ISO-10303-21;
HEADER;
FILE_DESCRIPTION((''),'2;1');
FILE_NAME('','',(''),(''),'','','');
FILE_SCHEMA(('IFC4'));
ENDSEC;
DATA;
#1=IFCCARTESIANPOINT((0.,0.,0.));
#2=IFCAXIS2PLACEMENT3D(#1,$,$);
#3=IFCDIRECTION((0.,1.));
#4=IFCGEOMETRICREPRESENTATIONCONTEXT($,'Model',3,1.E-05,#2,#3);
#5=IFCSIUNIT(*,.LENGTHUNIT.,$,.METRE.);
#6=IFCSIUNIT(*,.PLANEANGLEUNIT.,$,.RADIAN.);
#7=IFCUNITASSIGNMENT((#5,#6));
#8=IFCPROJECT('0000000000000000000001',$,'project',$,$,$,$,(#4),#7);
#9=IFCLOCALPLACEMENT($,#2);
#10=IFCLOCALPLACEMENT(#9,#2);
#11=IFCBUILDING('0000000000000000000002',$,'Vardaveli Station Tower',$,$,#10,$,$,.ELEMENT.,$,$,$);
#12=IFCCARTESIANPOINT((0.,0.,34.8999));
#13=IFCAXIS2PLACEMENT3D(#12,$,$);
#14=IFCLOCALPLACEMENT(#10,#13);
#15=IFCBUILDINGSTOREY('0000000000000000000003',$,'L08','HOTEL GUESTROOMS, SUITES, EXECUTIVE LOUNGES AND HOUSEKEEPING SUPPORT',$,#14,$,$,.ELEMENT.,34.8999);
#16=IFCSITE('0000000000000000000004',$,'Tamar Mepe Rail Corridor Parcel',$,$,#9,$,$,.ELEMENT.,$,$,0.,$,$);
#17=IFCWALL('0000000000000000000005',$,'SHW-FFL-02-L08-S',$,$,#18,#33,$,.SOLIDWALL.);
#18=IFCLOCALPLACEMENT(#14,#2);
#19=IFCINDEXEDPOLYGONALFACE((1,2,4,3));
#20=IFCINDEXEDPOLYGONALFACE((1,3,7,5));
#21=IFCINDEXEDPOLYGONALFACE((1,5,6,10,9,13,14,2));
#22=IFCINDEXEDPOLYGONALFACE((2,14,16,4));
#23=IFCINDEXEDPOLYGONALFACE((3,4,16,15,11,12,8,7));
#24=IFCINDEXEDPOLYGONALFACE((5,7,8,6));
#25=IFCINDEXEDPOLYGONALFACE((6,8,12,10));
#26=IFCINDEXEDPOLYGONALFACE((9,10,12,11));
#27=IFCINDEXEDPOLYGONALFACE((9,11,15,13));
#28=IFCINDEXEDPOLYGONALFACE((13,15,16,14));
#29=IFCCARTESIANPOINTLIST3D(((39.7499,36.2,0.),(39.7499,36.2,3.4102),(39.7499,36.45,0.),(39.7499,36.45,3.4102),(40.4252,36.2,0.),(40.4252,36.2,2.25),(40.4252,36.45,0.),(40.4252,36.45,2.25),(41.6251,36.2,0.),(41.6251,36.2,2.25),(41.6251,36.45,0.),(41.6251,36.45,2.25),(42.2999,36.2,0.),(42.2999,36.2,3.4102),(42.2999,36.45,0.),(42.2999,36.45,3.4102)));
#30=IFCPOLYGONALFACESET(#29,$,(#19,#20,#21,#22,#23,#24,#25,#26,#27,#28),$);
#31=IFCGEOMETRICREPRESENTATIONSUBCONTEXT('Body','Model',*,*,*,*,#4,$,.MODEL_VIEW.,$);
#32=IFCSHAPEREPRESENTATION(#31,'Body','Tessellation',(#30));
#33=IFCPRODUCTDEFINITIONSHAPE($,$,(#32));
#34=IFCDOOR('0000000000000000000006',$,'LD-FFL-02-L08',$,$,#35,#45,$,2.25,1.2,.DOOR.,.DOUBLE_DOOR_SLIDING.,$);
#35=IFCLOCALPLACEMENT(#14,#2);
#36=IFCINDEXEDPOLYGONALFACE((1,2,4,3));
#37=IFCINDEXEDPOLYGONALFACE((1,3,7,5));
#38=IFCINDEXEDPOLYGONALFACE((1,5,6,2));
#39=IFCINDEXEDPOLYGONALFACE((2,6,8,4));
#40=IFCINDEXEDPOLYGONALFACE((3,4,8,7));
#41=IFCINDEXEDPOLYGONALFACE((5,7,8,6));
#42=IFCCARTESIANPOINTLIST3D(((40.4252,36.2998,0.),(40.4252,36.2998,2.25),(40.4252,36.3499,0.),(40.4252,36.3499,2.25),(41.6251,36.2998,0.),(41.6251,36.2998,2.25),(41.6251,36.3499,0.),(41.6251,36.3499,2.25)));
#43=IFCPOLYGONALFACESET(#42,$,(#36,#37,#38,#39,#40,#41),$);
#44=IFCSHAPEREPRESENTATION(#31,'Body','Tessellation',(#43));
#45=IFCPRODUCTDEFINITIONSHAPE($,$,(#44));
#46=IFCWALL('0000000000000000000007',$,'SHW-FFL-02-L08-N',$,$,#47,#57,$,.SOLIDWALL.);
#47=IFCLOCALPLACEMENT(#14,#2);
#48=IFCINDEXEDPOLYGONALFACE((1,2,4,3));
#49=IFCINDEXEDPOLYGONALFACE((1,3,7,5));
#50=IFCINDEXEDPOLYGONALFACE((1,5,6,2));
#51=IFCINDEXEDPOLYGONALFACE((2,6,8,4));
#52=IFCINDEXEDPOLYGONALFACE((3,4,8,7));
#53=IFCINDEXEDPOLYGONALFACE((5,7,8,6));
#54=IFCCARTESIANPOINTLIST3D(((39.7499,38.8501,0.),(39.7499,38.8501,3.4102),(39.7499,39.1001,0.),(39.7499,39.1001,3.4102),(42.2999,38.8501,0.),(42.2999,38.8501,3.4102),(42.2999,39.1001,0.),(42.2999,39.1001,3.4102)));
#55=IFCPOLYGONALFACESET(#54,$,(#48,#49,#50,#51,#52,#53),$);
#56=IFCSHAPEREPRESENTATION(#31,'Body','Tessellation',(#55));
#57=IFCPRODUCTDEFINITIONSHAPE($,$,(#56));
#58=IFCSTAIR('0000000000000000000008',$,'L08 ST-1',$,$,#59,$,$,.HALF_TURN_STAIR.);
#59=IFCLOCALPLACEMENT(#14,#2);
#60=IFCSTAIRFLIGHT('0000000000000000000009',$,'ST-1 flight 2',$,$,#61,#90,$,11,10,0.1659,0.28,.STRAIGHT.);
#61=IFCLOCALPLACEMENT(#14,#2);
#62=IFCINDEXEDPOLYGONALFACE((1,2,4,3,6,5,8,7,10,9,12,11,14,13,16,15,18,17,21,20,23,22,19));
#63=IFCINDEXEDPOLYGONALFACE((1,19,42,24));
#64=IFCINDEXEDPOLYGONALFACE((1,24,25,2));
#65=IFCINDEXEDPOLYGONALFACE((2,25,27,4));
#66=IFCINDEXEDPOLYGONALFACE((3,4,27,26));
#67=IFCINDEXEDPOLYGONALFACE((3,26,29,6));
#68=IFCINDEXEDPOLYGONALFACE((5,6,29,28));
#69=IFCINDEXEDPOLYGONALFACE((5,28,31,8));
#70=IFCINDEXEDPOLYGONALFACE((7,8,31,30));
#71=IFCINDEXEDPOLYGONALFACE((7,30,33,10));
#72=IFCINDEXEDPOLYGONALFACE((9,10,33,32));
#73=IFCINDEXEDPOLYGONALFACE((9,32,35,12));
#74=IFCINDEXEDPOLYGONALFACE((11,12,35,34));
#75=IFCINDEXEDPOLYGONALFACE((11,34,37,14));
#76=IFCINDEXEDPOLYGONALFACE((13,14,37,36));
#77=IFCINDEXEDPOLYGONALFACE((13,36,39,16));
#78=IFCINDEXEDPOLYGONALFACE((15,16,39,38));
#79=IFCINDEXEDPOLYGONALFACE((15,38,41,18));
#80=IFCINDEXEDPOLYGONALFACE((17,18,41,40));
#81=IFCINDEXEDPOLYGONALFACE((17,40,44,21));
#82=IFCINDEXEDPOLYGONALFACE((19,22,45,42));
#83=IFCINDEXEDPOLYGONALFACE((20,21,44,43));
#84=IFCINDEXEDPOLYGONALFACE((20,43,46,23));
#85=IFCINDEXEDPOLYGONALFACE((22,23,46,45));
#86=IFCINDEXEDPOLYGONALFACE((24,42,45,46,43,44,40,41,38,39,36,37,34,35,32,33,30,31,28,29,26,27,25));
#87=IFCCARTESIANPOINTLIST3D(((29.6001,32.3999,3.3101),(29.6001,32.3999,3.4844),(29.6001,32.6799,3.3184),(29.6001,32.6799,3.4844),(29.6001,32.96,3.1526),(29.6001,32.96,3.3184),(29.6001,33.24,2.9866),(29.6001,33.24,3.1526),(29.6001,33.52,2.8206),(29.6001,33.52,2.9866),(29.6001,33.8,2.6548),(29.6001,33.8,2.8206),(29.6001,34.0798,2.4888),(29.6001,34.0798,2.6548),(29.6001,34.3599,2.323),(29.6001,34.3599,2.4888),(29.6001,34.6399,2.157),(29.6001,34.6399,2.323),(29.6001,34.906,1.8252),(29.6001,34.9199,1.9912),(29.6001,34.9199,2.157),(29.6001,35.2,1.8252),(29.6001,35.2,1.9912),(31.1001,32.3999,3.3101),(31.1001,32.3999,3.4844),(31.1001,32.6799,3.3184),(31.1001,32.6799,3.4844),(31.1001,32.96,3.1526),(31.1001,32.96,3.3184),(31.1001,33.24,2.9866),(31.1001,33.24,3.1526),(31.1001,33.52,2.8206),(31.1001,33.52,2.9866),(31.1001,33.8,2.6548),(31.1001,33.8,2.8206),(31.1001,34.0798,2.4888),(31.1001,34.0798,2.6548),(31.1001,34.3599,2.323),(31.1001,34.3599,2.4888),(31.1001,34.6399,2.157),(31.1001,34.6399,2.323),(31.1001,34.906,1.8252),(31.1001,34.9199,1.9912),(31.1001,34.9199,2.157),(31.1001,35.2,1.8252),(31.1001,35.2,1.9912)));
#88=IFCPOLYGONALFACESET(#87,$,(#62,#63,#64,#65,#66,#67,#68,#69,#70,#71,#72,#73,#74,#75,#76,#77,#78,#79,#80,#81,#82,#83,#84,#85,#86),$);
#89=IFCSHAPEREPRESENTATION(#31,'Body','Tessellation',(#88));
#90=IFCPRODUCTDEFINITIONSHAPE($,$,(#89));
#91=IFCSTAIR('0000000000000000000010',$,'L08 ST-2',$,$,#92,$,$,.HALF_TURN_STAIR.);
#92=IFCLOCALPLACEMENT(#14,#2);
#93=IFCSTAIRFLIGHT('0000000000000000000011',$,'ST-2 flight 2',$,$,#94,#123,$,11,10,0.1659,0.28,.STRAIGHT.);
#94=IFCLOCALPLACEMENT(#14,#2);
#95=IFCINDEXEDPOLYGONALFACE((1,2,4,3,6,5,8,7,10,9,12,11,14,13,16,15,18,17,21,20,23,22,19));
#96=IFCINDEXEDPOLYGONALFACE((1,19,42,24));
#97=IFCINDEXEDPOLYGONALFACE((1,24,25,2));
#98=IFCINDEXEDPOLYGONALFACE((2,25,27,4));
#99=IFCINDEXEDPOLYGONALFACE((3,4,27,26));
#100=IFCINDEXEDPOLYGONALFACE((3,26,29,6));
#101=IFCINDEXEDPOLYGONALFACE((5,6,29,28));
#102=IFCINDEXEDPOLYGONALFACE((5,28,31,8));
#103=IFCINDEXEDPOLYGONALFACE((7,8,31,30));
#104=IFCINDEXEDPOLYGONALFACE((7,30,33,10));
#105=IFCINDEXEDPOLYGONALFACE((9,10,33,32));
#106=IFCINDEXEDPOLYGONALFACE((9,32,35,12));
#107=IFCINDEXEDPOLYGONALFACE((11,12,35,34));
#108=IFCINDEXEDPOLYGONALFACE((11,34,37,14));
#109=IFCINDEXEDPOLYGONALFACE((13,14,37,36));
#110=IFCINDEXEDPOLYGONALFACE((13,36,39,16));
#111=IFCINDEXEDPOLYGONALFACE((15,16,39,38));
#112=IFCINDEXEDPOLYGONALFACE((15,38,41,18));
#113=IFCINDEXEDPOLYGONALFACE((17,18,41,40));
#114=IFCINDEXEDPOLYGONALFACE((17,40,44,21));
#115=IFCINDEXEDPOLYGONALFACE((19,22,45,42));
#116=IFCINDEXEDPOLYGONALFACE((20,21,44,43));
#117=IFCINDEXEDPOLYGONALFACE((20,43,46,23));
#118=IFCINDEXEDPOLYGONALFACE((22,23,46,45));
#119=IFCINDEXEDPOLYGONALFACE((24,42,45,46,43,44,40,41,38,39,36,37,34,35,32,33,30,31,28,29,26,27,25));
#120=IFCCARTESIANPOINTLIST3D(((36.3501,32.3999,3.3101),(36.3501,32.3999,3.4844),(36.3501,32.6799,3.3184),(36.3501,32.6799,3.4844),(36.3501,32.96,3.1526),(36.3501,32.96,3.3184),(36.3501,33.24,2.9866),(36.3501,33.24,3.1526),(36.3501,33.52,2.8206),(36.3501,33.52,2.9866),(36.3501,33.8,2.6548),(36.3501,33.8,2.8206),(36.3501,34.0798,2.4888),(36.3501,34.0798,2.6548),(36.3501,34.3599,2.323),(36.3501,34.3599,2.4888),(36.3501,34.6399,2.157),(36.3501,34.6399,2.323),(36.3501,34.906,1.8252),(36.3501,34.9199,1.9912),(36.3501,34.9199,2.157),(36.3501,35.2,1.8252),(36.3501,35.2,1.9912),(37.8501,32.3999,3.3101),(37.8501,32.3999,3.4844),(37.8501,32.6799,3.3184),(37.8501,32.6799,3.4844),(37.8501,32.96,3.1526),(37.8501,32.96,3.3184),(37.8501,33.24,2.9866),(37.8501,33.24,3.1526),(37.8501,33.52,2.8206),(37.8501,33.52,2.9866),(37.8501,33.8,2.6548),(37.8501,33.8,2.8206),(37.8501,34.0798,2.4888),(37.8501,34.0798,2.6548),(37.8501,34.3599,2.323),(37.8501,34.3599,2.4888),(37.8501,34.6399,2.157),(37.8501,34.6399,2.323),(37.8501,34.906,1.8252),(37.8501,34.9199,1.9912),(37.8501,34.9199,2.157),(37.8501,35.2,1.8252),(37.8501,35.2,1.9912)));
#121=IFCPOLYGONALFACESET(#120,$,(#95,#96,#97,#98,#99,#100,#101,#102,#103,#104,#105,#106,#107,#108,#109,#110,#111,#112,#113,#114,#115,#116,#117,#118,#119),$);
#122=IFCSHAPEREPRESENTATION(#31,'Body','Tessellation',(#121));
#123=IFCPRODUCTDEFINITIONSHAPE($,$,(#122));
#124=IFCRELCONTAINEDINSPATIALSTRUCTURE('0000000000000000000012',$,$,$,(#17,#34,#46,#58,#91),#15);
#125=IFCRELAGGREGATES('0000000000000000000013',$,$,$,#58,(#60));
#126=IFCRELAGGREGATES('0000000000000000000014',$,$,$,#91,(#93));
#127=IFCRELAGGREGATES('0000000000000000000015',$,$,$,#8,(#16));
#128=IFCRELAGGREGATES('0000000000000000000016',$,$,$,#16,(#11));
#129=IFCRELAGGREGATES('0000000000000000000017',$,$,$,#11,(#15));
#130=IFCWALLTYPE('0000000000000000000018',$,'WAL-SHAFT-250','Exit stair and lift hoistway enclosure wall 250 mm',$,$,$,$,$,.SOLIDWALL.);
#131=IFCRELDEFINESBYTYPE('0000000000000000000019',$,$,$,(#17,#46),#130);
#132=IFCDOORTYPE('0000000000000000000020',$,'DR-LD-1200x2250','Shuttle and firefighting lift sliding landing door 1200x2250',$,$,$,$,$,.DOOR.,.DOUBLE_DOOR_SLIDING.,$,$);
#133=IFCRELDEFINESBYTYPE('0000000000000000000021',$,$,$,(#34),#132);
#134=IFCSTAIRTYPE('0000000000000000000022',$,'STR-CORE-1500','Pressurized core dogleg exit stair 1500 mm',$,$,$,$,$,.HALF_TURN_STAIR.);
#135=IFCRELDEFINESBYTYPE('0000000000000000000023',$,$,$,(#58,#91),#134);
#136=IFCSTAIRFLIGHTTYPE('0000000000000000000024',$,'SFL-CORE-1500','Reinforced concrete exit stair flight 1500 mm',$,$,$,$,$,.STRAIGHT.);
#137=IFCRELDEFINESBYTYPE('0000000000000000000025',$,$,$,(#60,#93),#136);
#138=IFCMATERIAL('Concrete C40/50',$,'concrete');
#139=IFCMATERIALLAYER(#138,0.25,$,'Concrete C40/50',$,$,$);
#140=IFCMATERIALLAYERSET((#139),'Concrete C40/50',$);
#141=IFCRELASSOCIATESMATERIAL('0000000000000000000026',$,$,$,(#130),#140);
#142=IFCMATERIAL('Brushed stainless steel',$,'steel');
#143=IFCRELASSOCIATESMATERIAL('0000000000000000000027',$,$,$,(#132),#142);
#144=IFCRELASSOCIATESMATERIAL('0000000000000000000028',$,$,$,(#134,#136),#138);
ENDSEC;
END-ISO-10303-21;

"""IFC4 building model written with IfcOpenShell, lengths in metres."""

from ifc_helpers import new_model, si_unit, direction, frame, frame_2d, origin, place, context, subcontext, project, spatial, polyline, rectangle, outline, extrude, source, transform, mapped, material, layer, layer_set, type_object, element, fill, aggregate, save


model = new_model("IFC4")

# Units and contexts
model_context = context("Model", 3, precision=1e-05, world=origin(), true_north=direction((0.0, 1.0)))
body_context = subcontext(model_context, "Body", "Model", "MODEL_VIEW")
ifc_project = project(units=[si_unit("LENGTHUNIT", "METRE"), si_unit("PLANEANGLEUNIT", "RADIAN")], contexts=[model_context])

# Site, building, storey
site_placement = place(None, origin())
site = spatial("IfcSite", under=ifc_project, at=site_placement, Name="Tamar Mepe Rail Corridor Parcel", CompositionType="ELEMENT", RefElevation=0.0)
building_placement = place(site_placement, origin())
building = spatial("IfcBuilding", under=site, at=building_placement, Name="Vardaveli Station Tower", CompositionType="ELEMENT")
storey_placement = place(building_placement, frame((0.0, 0.0, 34.8999)))
storey = spatial("IfcBuildingStorey", under=building, at=storey_placement, Name="L08", Description="HOTEL GUESTROOMS, SUITES, EXECUTIVE LOUNGES AND HOUSEKEEPING SUPPORT", CompositionType="ELEMENT", Elevation=34.8999)

# Shared definitions
ifc_material_1 = material(Name="Concrete C40/50", Category="concrete")
ifc_layer_1 = layer(ifc_material_1, 0.25, Name="Concrete C40/50")
ifc_layer_set_1 = layer_set([ifc_layer_1], Name="Concrete C40/50")
wall_type_1 = type_object("IfcWallType", Name="WAL-SHAFT-250", Description="Exit stair and lift hoistway enclosure wall 250 mm", PredefinedType="SOLIDWALL", material=ifc_layer_set_1)

# Shared definitions
shared_shape_1 = source(origin(), body_context, "Body", "SweptSolid", [
    extrude(rectangle(XDim=1.2, YDim=2.25, at=frame_2d((0.6001, 1.125))), frame((0.0, 0.135, 0.0), z_axis=(0.0, -1.0, 0.0), x_axis=(1.0, 0.0, 0.0)), (0.0, 0.0, 1.0), 0.27),
])
ifc_material_2 = material(Name="Brushed stainless steel", Category="steel")
door_type = type_object("IfcDoorType", Name="DR-LD-1200x2250", Description="Shuttle and firefighting lift sliding landing door 1200x2250", OperationType="DOUBLE_DOOR_SLIDING", PredefinedType="DOOR", material=ifc_material_2)
shared_shape_2 = source(origin(), body_context, "Body", "SweptSolid", [
    extrude(rectangle(XDim=1.2, YDim=2.25, at=frame_2d((0.6001, 1.125))), frame((0.0, 0.0249, 0.0), z_axis=(0.0, -1.0, 0.0), x_axis=(1.0, 0.0, 0.0)), (0.0, 0.0, 1.0), 0.05),
])

# Wall, opening, door
shared_shape_3 = source(origin(), body_context, "Body", "SweptSolid", [
    extrude(rectangle(XDim=2.55, YDim=0.25, at=frame_2d((1.2749, 0.0))), origin(), (0.0, 0.0, 1.0), 3.4102),
])
wall_1_placement = place(storey_placement, frame((39.75, 36.325, 0.0), z_axis=(0.0, 0.0, 1.0), x_axis=(1.0, 0.0, 0.0)))
wall_1 = element("IfcWall", 1, at=wall_1_placement, inside=storey, type_object=wall_type_1, Name="SHW-FFL-02-L08-S", PredefinedType="SOLIDWALL", context=body_context, shape_type="MappedRepresentation", body=[
    mapped(shared_shape_3, transform((0.0, 0.0, 0.0), scale=1.0)),
])
opening_1_placement = place(wall_1_placement, frame((0.675, 0.0, 0.0)))
opening_1 = element("IfcOpeningElement", 2, at=opening_1_placement, cuts=wall_1, PredefinedType="OPENING", context=body_context, shape_type="MappedRepresentation", body=[
    mapped(shared_shape_1, transform((0.0, 0.0, 0.0), scale=1.0)),
])
door_1_placement = place(opening_1_placement, origin())
door_1 = element("IfcDoor", 3, at=door_1_placement, inside=storey, type_object=door_type, Name="LD-FFL-02-L08", OperationType="DOUBLE_DOOR_SLIDING", OverallHeight=2.25, OverallWidth=1.2, PredefinedType="DOOR", context=body_context, shape_type="MappedRepresentation", body=[
    mapped(shared_shape_2, transform((0.0, 0.0, 0.0), scale=1.0)),
])
fill(opening_1, door_1)

# Wall
wall_2_placement = place(storey_placement, frame((39.75, 38.9751, 0.0), z_axis=(0.0, 0.0, 1.0), x_axis=(1.0, 0.0, 0.0)))
element("IfcWall", 4, at=wall_2_placement, inside=storey, type_object=wall_type_1, Name="SHW-FFL-02-L08-N", PredefinedType="SOLIDWALL", context=body_context, shape_type="MappedRepresentation", body=[
    mapped(shared_shape_3, transform((0.0, 0.0, 0.0), scale=1.0)),
])

# Stairs, stair flights
stair_type = type_object("IfcStairType", Name="STR-CORE-1500", Description="Pressurized core dogleg exit stair 1500 mm", PredefinedType="HALF_TURN_STAIR", material=ifc_material_1)
stair_1_placement = place(storey_placement, origin())
stair_1 = element("IfcStair", 5, at=stair_1_placement, inside=storey, type_object=stair_type, Name="L08 ST-1", PredefinedType="HALF_TURN_STAIR")
stair_flight_type = type_object("IfcStairFlightType", Name="SFL-CORE-1500", Description="Reinforced concrete exit stair flight 1500 mm", PredefinedType="STRAIGHT", material=ifc_material_1)
shared_shape_4 = source(origin(), body_context, "Body", "SweptSolid", [
    extrude(outline(polyline([(0.0, 0.0), (0.0, 0.166), (0.28, 0.166), (0.28, 0.3318), (0.5601, 0.3318), (0.5601, 0.4978), (0.8401, 0.4978), (0.8401, 0.6636), (1.1201, 0.6636), (1.1201, 0.8296), (1.3999, 0.8296), (1.3999, 0.9954), (1.6799, 0.9954), (1.6799, 1.1614), (1.96, 1.1614), (1.96, 1.3274), (2.24, 1.3274), (2.24, 1.4932), (2.52, 1.4932), (2.52, 1.6592), (2.8, 1.6592), (2.8, 1.825), (2.8, 1.4849), (0.2939, 0.0), (0.0, 0.0)])), frame((0.0, 0.75, 0.0), z_axis=(0.0, -1.0, 0.0), x_axis=(1.0, 0.0, 0.0)), (0.0, 0.0, 1.0), 1.5),
])
stair_flight_1_placement = place(storey_placement, frame((30.3501, 35.2, 1.8252), z_axis=(0.0, 0.0, 1.0), x_axis=(0.0, -1.0, 0.0)))
stair_flight_1 = element("IfcStairFlight", 6, at=stair_flight_1_placement, type_object=stair_flight_type, Name="ST-1 flight 2", NumberOfRisers=11, NumberOfTreads=10, PredefinedType="STRAIGHT", RiserHeight=0.1659, TreadLength=0.28, context=body_context, shape_type="MappedRepresentation", body=[
    mapped(shared_shape_4, transform((0.0, 0.0, 0.0), scale=1.0)),
])
aggregate(stair_1, [stair_flight_1])
stair_2_placement = place(storey_placement, origin())
stair_2 = element("IfcStair", 7, at=stair_2_placement, inside=storey, type_object=stair_type, Name="L08 ST-2", PredefinedType="HALF_TURN_STAIR")
stair_flight_2_placement = place(storey_placement, frame((37.1001, 35.2, 1.8252), z_axis=(0.0, 0.0, 1.0), x_axis=(0.0, -1.0, 0.0)))
stair_flight_2 = element("IfcStairFlight", 8, at=stair_flight_2_placement, type_object=stair_flight_type, Name="ST-2 flight 2", NumberOfRisers=11, NumberOfTreads=10, PredefinedType="STRAIGHT", RiserHeight=0.1659, TreadLength=0.28, context=body_context, shape_type="MappedRepresentation", body=[
    mapped(shared_shape_4, transform((0.0, 0.0, 0.0), scale=1.0)),
])
aggregate(stair_2, [stair_flight_2])

save(model, "model.ifc")
